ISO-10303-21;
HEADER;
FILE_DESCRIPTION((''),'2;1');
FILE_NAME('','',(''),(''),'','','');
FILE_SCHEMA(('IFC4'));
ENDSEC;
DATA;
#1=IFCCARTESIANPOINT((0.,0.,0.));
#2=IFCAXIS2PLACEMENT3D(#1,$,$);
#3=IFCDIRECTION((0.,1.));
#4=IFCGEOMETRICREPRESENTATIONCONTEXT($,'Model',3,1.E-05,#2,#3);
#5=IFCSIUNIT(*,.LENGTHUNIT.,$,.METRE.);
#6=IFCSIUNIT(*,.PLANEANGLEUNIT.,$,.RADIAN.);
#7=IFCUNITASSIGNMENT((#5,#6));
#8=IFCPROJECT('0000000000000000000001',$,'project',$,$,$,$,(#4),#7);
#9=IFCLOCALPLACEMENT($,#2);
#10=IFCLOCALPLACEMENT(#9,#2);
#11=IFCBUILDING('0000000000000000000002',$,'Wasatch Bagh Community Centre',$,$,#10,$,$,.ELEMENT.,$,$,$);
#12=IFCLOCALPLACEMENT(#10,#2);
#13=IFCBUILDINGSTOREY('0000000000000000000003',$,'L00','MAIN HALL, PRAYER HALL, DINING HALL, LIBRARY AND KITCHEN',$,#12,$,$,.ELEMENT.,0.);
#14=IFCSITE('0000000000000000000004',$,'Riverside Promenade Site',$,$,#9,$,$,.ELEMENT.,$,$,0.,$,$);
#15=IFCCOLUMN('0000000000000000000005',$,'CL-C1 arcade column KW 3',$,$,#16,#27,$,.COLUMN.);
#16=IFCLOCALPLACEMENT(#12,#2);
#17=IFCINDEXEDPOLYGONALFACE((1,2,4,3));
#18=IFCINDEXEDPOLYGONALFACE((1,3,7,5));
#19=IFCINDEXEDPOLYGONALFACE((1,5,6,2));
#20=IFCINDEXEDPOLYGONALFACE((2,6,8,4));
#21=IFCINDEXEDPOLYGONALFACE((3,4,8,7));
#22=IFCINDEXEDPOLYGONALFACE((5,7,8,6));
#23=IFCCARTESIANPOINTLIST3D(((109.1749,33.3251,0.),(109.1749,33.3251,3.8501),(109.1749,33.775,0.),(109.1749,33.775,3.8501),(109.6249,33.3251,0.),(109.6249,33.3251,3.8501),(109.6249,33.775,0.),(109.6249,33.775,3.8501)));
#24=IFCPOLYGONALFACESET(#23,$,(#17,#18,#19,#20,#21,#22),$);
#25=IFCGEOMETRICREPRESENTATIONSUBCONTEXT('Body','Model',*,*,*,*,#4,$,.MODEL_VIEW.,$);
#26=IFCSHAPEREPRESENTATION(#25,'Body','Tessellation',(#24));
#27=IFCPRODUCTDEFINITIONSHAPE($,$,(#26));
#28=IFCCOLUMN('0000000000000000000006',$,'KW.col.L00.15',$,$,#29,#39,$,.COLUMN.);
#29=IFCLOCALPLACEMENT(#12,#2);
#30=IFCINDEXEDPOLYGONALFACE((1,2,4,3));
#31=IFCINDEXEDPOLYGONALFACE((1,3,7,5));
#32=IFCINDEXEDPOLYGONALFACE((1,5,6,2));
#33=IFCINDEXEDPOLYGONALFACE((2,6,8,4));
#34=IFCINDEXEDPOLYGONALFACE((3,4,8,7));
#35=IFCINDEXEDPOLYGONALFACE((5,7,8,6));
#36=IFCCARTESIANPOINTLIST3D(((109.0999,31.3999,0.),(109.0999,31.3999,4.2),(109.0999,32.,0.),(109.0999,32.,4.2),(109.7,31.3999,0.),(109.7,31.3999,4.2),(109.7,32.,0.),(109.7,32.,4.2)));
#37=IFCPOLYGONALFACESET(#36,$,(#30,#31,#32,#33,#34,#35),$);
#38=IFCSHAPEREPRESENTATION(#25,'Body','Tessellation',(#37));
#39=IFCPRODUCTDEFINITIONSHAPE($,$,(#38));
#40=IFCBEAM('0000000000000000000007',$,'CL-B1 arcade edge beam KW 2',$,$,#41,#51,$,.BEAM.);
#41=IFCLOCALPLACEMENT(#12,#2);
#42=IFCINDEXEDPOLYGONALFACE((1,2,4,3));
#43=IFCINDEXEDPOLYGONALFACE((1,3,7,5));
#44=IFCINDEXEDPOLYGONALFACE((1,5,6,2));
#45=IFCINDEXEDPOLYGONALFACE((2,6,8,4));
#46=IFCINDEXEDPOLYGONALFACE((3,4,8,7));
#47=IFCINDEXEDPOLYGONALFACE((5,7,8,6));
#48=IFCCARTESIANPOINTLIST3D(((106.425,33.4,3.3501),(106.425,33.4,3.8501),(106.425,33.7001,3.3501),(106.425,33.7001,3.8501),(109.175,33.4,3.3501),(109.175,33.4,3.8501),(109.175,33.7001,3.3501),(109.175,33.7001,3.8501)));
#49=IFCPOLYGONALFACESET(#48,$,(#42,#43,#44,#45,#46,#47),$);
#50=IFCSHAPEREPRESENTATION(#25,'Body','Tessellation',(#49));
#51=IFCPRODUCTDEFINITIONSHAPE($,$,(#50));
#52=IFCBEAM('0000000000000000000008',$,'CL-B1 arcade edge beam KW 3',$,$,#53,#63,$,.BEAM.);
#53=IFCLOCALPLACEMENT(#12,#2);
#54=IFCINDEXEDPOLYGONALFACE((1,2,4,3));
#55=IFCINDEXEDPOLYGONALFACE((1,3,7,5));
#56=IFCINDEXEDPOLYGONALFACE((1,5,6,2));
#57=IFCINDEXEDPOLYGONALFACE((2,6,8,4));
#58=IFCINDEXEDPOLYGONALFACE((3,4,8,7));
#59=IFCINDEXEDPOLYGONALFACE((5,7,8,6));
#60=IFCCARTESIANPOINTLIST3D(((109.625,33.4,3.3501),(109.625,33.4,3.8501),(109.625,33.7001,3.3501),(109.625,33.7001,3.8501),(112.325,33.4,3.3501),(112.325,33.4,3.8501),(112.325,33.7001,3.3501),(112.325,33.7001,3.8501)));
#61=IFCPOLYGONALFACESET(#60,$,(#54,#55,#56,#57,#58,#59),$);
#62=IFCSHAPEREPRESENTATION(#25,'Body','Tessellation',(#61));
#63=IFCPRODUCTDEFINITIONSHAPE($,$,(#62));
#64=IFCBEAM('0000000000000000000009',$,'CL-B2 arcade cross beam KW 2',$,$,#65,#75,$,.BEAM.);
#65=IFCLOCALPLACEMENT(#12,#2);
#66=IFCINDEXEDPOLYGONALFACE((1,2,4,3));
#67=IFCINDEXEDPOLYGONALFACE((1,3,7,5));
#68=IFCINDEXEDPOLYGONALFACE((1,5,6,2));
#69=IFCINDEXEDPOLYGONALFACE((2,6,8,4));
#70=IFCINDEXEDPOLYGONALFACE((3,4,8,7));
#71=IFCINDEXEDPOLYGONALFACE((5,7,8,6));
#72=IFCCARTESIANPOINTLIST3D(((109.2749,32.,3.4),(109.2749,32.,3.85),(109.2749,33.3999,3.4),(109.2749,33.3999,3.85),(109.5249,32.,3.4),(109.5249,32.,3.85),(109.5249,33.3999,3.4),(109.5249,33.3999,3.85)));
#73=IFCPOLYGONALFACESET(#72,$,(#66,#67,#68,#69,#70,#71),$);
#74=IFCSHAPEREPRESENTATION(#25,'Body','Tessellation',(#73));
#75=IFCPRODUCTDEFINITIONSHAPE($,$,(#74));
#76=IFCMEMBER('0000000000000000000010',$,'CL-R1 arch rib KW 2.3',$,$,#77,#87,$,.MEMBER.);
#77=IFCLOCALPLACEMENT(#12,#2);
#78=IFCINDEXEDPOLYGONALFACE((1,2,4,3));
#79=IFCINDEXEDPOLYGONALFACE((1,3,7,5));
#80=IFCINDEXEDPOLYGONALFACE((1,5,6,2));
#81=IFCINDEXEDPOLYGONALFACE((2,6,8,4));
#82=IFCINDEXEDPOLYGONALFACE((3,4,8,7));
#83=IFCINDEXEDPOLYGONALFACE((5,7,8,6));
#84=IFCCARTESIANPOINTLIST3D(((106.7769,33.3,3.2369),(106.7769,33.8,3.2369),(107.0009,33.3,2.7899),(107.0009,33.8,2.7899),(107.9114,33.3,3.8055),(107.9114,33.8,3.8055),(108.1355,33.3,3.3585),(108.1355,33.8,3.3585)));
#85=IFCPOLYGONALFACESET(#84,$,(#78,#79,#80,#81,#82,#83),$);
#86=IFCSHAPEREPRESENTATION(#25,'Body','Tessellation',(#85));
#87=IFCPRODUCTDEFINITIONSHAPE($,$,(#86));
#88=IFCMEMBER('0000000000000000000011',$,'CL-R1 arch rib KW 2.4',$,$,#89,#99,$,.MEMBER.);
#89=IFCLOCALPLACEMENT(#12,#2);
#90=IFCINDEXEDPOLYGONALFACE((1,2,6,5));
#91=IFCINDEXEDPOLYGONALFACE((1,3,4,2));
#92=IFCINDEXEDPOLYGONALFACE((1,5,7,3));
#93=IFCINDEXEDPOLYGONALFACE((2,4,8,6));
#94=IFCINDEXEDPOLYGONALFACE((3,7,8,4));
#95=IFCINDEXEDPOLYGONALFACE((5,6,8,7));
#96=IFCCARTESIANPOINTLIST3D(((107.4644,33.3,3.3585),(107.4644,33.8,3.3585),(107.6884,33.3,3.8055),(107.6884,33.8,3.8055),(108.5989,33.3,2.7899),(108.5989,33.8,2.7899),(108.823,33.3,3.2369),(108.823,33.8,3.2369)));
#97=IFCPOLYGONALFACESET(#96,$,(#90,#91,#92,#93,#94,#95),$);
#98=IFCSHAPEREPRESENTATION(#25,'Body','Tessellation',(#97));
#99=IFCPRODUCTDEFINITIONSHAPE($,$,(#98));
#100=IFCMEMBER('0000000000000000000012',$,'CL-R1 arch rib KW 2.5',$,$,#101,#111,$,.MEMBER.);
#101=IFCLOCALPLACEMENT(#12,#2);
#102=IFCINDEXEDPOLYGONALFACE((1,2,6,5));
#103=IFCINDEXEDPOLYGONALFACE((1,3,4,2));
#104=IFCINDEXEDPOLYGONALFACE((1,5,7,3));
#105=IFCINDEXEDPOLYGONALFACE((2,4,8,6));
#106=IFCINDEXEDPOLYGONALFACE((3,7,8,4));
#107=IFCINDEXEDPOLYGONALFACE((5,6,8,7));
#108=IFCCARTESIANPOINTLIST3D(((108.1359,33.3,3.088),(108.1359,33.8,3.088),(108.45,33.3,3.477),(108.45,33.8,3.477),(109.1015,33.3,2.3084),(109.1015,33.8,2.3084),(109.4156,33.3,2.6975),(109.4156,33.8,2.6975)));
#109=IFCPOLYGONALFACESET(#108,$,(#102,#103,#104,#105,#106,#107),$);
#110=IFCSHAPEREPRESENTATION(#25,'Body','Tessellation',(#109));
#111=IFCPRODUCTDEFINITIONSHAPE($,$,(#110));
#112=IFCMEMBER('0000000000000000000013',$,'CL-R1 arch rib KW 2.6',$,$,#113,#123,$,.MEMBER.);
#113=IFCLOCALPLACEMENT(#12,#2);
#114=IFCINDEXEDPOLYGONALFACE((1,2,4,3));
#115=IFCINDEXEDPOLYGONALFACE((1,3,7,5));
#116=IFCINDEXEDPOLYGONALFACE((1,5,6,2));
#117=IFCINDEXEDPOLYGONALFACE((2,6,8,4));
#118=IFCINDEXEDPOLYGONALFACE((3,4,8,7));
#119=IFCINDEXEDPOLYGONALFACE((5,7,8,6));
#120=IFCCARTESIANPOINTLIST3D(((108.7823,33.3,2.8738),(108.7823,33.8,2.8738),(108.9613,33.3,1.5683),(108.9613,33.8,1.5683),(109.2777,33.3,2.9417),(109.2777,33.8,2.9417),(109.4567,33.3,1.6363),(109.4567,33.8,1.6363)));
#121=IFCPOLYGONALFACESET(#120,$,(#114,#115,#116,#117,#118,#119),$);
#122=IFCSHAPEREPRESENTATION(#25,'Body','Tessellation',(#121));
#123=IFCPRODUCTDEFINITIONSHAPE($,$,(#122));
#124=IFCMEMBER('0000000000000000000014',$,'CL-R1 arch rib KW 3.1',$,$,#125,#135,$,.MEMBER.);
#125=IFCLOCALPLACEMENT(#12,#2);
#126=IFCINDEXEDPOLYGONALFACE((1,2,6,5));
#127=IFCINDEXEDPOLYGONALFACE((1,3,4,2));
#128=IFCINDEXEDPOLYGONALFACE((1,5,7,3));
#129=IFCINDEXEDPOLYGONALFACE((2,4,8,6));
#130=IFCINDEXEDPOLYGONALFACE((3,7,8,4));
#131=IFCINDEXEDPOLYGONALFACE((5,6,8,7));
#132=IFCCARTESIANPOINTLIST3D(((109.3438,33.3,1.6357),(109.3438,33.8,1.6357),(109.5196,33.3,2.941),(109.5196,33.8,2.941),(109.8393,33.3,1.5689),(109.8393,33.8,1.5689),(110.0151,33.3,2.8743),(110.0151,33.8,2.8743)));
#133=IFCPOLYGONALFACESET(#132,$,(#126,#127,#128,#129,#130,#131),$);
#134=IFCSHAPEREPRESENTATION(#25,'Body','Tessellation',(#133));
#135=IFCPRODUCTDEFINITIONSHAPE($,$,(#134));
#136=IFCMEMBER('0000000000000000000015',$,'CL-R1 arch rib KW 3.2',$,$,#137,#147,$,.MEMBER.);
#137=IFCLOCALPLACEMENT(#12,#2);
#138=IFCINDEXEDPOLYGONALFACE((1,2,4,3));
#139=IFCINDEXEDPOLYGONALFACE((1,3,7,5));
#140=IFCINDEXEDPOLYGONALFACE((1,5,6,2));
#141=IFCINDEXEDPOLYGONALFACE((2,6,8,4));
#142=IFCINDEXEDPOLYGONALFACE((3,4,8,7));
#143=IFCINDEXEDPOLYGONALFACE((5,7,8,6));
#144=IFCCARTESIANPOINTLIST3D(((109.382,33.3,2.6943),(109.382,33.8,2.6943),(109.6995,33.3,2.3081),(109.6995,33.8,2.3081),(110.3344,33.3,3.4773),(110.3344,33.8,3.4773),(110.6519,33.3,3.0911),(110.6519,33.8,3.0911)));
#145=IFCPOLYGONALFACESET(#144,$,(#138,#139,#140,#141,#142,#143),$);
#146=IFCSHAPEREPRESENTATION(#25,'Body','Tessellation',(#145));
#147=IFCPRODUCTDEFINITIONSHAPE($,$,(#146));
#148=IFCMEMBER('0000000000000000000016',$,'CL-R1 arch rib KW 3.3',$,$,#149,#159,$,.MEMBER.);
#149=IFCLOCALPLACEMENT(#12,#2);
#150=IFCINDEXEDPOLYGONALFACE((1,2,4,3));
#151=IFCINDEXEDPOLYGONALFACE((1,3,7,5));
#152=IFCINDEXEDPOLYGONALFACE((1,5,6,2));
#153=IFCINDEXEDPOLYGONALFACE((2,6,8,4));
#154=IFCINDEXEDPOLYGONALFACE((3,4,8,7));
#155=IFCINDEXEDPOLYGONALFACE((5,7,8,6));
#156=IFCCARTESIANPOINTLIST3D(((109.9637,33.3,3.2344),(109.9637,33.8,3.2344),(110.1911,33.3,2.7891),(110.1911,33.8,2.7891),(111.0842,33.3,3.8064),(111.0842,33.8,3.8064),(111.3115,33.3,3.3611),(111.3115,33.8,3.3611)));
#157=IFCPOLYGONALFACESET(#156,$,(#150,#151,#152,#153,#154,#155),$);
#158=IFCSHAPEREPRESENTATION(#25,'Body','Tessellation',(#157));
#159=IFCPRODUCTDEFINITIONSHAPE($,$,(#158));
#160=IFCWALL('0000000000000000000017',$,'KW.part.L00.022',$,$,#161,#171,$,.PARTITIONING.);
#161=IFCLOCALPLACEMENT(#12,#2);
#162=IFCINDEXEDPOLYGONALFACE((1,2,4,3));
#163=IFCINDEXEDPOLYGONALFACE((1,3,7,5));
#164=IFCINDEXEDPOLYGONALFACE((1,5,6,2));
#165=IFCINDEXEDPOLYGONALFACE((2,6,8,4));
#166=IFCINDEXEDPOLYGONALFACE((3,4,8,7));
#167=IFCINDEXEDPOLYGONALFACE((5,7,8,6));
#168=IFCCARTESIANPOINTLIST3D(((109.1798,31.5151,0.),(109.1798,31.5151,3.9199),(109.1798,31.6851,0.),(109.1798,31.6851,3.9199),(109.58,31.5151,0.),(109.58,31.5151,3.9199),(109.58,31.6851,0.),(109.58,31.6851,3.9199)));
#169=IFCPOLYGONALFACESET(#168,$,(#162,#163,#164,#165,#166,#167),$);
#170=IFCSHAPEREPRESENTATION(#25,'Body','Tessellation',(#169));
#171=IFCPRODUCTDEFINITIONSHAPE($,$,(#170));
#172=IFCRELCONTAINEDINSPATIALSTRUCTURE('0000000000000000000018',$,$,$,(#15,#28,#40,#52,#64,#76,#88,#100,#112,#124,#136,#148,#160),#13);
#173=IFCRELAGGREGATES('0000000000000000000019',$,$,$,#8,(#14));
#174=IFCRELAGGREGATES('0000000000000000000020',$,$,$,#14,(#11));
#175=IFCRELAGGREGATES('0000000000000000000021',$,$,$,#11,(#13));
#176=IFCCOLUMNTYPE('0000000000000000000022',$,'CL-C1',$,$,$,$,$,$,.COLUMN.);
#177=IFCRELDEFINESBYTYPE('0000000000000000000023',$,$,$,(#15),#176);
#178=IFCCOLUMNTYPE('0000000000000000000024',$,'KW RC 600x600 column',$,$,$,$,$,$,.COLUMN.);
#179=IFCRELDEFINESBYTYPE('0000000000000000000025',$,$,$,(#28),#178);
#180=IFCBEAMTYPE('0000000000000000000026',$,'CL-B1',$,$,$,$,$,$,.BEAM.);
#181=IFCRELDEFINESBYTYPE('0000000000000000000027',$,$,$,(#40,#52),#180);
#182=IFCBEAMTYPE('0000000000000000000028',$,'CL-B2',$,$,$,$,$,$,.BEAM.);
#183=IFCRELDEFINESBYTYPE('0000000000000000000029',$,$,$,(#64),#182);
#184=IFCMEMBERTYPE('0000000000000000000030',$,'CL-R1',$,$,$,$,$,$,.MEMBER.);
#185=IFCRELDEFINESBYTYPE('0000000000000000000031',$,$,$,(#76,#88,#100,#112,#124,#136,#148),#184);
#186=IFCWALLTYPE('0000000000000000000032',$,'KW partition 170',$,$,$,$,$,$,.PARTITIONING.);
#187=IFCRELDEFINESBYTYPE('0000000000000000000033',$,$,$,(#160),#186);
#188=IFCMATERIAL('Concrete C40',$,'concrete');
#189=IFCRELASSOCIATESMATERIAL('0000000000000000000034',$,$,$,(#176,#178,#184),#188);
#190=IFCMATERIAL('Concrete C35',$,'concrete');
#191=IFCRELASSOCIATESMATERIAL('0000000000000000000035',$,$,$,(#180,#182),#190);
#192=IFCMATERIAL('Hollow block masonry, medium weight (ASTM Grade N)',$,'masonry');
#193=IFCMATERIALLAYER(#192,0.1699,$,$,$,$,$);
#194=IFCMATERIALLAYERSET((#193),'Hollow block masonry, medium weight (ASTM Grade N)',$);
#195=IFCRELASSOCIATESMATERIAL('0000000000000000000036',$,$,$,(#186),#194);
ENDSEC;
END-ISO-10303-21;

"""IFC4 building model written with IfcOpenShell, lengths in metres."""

from ifc_helpers import new_model, si_unit, direction, frame, frame_2d, origin, origin_2d, place, context, subcontext, project, spatial, rectangle, extrude, material, layer, layer_set, material_profile, profile_set, type_object, element, save


model = new_model("IFC4")

# Units and contexts
model_context = context("Model", 3, precision=1e-05, world=origin(), true_north=direction((0.0, 1.0)))
body_context = subcontext(model_context, "Body", "Model", "MODEL_VIEW")
ifc_project = project(units=[si_unit("LENGTHUNIT", "METRE"), si_unit("PLANEANGLEUNIT", "RADIAN")], contexts=[model_context])

# Site, building, storey
site_placement = place(None, origin())
site = spatial("IfcSite", under=ifc_project, at=site_placement, Name="Riverside Promenade Site", CompositionType="ELEMENT", RefElevation=0.0)
building_placement = place(site_placement, origin())
building = spatial("IfcBuilding", under=site, at=building_placement, Name="Wasatch Bagh Community Centre", CompositionType="ELEMENT")
storey_placement = place(building_placement, origin())
storey = spatial("IfcBuildingStorey", under=building, at=storey_placement, Name="L00", Description="MAIN HALL, PRAYER HALL, DINING HALL, LIBRARY AND KITCHEN", CompositionType="ELEMENT", Elevation=0.0)

# Shared definitions
ifc_material_1 = material(Name="Concrete C35", Category="concrete")

# Columns
ifc_material_2 = material(Name="Concrete C40", Category="concrete")
ifc_material_profile_1 = material_profile(ifc_material_2, rectangle(XDim=0.45, YDim=0.45, at=origin_2d()), Name="RC 450x450")
ifc_profile_set_1 = profile_set([ifc_material_profile_1], Name="Concrete C40")
column_type_1 = type_object("IfcColumnType", Name="CL-C1", PredefinedType="COLUMN", material=ifc_profile_set_1)
column_1_placement = place(storey_placement, frame((109.3999, 33.55, 0.0), z_axis=(0.0, 0.0, 1.0), x_axis=(1.0, 0.0, 0.0)))
element("IfcColumn", 1, at=column_1_placement, inside=storey, type_object=column_type_1, Name="CL-C1 arcade column KW 3", PredefinedType="COLUMN", context=body_context, shape_type="SweptSolid", body=[
    extrude(rectangle(XDim=0.45, YDim=0.45, at=origin_2d()), origin(), (0.0, 0.0, 1.0), 3.8501),
])
ifc_material_profile_2 = material_profile(ifc_material_2, rectangle(XDim=0.6001, YDim=0.6001, at=origin_2d()), Name="RC 600x600")
ifc_profile_set_2 = profile_set([ifc_material_profile_2], Name="Concrete C40")
column_type_2 = type_object("IfcColumnType", Name="KW RC 600x600 column", PredefinedType="COLUMN", material=ifc_profile_set_2)
column_2_placement = place(storey_placement, frame((109.3999, 31.7, 0.0), z_axis=(0.0, 0.0, 1.0), x_axis=(1.0, 0.0, 0.0)))
element("IfcColumn", 2, at=column_2_placement, inside=storey, type_object=column_type_2, Name="KW.col.L00.15", PredefinedType="COLUMN", context=body_context, shape_type="SweptSolid", body=[
    extrude(rectangle(XDim=0.6001, YDim=0.6001, at=origin_2d()), origin(), (0.0, 0.0, 1.0), 4.2),
])

# Beams
ifc_material_profile_3 = material_profile(ifc_material_1, rectangle(XDim=0.3, YDim=0.5, at=origin_2d()), Name="RC 300x500")
ifc_profile_set_3 = profile_set([ifc_material_profile_3], Name="Concrete C35")
beam_type_1 = type_object("IfcBeamType", Name="CL-B1", PredefinedType="BEAM", material=ifc_profile_set_3)
beam_1_placement = place(storey_placement, frame((106.425, 33.55, 3.6001), z_axis=(1.0, 0.0, 0.0), x_axis=(0.0, 1.0, 0.0)))
element("IfcBeam", 3, at=beam_1_placement, inside=storey, type_object=beam_type_1, Name="CL-B1 arcade edge beam KW 2", PredefinedType="BEAM", context=body_context, shape_type="SweptSolid", body=[
    extrude(rectangle(XDim=0.3, YDim=0.5, at=origin_2d()), origin(), (0.0, 0.0, 1.0), 2.75),
])
beam_2_placement = place(storey_placement, frame((109.625, 33.55, 3.6001), z_axis=(1.0, 0.0, 0.0), x_axis=(0.0, 1.0, 0.0)))
element("IfcBeam", 4, at=beam_2_placement, inside=storey, type_object=beam_type_1, Name="CL-B1 arcade edge beam KW 3", PredefinedType="BEAM", context=body_context, shape_type="SweptSolid", body=[
    extrude(rectangle(XDim=0.3, YDim=0.5, at=origin_2d()), origin(), (0.0, 0.0, 1.0), 2.7),
])
ifc_material_profile_4 = material_profile(ifc_material_1, rectangle(XDim=0.25, YDim=0.45, at=origin_2d()), Name="RC 250x450")
ifc_profile_set_4 = profile_set([ifc_material_profile_4], Name="Concrete C35")
beam_type_2 = type_object("IfcBeamType", Name="CL-B2", PredefinedType="BEAM", material=ifc_profile_set_4)
beam_3_placement = place(storey_placement, frame((109.3999, 32.0, 3.625), z_axis=(0.0, 1.0, 0.0), x_axis=(-1.0, 0.0, 0.0)))
element("IfcBeam", 5, at=beam_3_placement, inside=storey, type_object=beam_type_2, Name="CL-B2 arcade cross beam KW 2", PredefinedType="BEAM", context=body_context, shape_type="SweptSolid", body=[
    extrude(rectangle(XDim=0.25, YDim=0.45, at=origin_2d()), origin(), (0.0, 0.0, 1.0), 1.3999),
])

# Members
ifc_material_profile_5 = material_profile(ifc_material_2, rectangle(XDim=0.5, YDim=0.5, at=origin_2d()), Name="RC 500x500")
ifc_profile_set_5 = profile_set([ifc_material_profile_5], Name="Concrete C40")
member_type = type_object("IfcMemberType", Name="CL-R1", PredefinedType="MEMBER", material=ifc_profile_set_5)
for number, where, z_axis, x_axis, name in (
    (6, (106.8889, 33.55, 3.0134), (0.894004, 0.0, 0.44806), (0.0, 1.0, 0.0), "CL-R1 arch rib KW 2.3"),
    (7, (107.5764, 33.55, 3.582), (0.894004, 0.0, -0.44806), (0.0, 1.0, 0.0), "CL-R1 arch rib KW 2.4"),
):
    element("IfcMember", number, at=place(storey_placement, frame(where, z_axis=z_axis, x_axis=x_axis)), inside=storey, type_object=member_type, Name=name, PredefinedType="MEMBER", context=body_context, shape_type="SweptSolid", body=[
        extrude(rectangle(XDim=0.5, YDim=0.5, at=origin_2d()), origin(), (0.0, 0.0, 1.0), 1.269),
    ])
member_1_placement = place(storey_placement, frame((108.293, 33.55, 3.2825), z_axis=(0.778078, 0.0, -0.628168), x_axis=(0.0, 1.0, 0.0)))
element("IfcMember", 8, at=member_1_placement, inside=storey, type_object=member_type, Name="CL-R1 arch rib KW 2.5", PredefinedType="MEMBER", context=body_context, shape_type="SweptSolid", body=[
    extrude(rectangle(XDim=0.5, YDim=0.5, at=origin_2d()), origin(), (0.0, 0.0, 1.0), 1.241),
])
member_2_placement = place(storey_placement, frame((109.03, 33.55, 2.9077), z_axis=(0.135816, 0.0, -0.990734), x_axis=(0.0, 1.0, 0.0)))
element("IfcMember", 9, at=member_2_placement, inside=storey, type_object=member_type, Name="CL-R1 arch rib KW 2.6", PredefinedType="MEMBER", context=body_context, shape_type="SweptSolid", body=[
    extrude(rectangle(XDim=0.5, YDim=0.5, at=origin_2d()), origin(), (0.0, 0.0, 1.0), 1.3176),
])
member_3_placement = place(storey_placement, frame((109.5916, 33.55, 1.6023), z_axis=(0.133451, 0.0, 0.991055), x_axis=(0.0, 1.0, 0.0)))
element("IfcMember", 10, at=member_3_placement, inside=storey, type_object=member_type, Name="CL-R1 arch rib KW 3.1", PredefinedType="MEMBER", context=body_context, shape_type="SweptSolid", body=[
    extrude(rectangle(XDim=0.5, YDim=0.5, at=origin_2d()), origin(), (0.0, 0.0, 1.0), 1.3171),
])
member_4_placement = place(storey_placement, frame((109.5408, 33.55, 2.5012), z_axis=(0.772473, 0.0, 0.635048), x_axis=(0.0, 1.0, 0.0)))
element("IfcMember", 11, at=member_4_placement, inside=storey, type_object=member_type, Name="CL-R1 arch rib KW 3.2", PredefinedType="MEMBER", context=body_context, shape_type="SweptSolid", body=[
    extrude(rectangle(XDim=0.5, YDim=0.5, at=origin_2d()), origin(), (0.0, 0.0, 1.0), 1.2329),
])
member_5_placement = place(storey_placement, frame((110.0774, 33.55, 3.0117), z_axis=(0.89063, 0.0, 0.454728), x_axis=(0.0, 1.0, 0.0)))
element("IfcMember", 12, at=member_5_placement, inside=storey, type_object=member_type, Name="CL-R1 arch rib KW 3.3", PredefinedType="MEMBER", context=body_context, shape_type="SweptSolid", body=[
    extrude(rectangle(XDim=0.5, YDim=0.5, at=origin_2d()), origin(), (0.0, 0.0, 1.0), 1.2581),
])

# Wall
ifc_material_3 = material(Name="Hollow block masonry, medium weight (ASTM Grade N)", Category="masonry")
ifc_layer_1 = layer(ifc_material_3, 0.1699)
ifc_layer_set_1 = layer_set([ifc_layer_1], Name="Hollow block masonry, medium weight (ASTM Grade N)")
wall_type_1 = type_object("IfcWallType", Name="KW partition 170", PredefinedType="PARTITIONING", material=ifc_layer_set_1)
wall_1_placement = place(storey_placement, frame((109.5801, 31.6001, 0.0), z_axis=(0.0, 0.0, 1.0), x_axis=(-1.0, 0.0, 0.0)))
element("IfcWall", 13, at=wall_1_placement, inside=storey, type_object=wall_type_1, Name="KW.part.L00.022", PredefinedType="PARTITIONING", context=body_context, shape_type="SweptSolid", body=[
    extrude(rectangle(XDim=0.4001, YDim=0.1699, at=frame_2d((0.2002, 0.0))), origin(), (0.0, 0.0, 1.0), 3.9199),
])

save(model, "model.ifc")
